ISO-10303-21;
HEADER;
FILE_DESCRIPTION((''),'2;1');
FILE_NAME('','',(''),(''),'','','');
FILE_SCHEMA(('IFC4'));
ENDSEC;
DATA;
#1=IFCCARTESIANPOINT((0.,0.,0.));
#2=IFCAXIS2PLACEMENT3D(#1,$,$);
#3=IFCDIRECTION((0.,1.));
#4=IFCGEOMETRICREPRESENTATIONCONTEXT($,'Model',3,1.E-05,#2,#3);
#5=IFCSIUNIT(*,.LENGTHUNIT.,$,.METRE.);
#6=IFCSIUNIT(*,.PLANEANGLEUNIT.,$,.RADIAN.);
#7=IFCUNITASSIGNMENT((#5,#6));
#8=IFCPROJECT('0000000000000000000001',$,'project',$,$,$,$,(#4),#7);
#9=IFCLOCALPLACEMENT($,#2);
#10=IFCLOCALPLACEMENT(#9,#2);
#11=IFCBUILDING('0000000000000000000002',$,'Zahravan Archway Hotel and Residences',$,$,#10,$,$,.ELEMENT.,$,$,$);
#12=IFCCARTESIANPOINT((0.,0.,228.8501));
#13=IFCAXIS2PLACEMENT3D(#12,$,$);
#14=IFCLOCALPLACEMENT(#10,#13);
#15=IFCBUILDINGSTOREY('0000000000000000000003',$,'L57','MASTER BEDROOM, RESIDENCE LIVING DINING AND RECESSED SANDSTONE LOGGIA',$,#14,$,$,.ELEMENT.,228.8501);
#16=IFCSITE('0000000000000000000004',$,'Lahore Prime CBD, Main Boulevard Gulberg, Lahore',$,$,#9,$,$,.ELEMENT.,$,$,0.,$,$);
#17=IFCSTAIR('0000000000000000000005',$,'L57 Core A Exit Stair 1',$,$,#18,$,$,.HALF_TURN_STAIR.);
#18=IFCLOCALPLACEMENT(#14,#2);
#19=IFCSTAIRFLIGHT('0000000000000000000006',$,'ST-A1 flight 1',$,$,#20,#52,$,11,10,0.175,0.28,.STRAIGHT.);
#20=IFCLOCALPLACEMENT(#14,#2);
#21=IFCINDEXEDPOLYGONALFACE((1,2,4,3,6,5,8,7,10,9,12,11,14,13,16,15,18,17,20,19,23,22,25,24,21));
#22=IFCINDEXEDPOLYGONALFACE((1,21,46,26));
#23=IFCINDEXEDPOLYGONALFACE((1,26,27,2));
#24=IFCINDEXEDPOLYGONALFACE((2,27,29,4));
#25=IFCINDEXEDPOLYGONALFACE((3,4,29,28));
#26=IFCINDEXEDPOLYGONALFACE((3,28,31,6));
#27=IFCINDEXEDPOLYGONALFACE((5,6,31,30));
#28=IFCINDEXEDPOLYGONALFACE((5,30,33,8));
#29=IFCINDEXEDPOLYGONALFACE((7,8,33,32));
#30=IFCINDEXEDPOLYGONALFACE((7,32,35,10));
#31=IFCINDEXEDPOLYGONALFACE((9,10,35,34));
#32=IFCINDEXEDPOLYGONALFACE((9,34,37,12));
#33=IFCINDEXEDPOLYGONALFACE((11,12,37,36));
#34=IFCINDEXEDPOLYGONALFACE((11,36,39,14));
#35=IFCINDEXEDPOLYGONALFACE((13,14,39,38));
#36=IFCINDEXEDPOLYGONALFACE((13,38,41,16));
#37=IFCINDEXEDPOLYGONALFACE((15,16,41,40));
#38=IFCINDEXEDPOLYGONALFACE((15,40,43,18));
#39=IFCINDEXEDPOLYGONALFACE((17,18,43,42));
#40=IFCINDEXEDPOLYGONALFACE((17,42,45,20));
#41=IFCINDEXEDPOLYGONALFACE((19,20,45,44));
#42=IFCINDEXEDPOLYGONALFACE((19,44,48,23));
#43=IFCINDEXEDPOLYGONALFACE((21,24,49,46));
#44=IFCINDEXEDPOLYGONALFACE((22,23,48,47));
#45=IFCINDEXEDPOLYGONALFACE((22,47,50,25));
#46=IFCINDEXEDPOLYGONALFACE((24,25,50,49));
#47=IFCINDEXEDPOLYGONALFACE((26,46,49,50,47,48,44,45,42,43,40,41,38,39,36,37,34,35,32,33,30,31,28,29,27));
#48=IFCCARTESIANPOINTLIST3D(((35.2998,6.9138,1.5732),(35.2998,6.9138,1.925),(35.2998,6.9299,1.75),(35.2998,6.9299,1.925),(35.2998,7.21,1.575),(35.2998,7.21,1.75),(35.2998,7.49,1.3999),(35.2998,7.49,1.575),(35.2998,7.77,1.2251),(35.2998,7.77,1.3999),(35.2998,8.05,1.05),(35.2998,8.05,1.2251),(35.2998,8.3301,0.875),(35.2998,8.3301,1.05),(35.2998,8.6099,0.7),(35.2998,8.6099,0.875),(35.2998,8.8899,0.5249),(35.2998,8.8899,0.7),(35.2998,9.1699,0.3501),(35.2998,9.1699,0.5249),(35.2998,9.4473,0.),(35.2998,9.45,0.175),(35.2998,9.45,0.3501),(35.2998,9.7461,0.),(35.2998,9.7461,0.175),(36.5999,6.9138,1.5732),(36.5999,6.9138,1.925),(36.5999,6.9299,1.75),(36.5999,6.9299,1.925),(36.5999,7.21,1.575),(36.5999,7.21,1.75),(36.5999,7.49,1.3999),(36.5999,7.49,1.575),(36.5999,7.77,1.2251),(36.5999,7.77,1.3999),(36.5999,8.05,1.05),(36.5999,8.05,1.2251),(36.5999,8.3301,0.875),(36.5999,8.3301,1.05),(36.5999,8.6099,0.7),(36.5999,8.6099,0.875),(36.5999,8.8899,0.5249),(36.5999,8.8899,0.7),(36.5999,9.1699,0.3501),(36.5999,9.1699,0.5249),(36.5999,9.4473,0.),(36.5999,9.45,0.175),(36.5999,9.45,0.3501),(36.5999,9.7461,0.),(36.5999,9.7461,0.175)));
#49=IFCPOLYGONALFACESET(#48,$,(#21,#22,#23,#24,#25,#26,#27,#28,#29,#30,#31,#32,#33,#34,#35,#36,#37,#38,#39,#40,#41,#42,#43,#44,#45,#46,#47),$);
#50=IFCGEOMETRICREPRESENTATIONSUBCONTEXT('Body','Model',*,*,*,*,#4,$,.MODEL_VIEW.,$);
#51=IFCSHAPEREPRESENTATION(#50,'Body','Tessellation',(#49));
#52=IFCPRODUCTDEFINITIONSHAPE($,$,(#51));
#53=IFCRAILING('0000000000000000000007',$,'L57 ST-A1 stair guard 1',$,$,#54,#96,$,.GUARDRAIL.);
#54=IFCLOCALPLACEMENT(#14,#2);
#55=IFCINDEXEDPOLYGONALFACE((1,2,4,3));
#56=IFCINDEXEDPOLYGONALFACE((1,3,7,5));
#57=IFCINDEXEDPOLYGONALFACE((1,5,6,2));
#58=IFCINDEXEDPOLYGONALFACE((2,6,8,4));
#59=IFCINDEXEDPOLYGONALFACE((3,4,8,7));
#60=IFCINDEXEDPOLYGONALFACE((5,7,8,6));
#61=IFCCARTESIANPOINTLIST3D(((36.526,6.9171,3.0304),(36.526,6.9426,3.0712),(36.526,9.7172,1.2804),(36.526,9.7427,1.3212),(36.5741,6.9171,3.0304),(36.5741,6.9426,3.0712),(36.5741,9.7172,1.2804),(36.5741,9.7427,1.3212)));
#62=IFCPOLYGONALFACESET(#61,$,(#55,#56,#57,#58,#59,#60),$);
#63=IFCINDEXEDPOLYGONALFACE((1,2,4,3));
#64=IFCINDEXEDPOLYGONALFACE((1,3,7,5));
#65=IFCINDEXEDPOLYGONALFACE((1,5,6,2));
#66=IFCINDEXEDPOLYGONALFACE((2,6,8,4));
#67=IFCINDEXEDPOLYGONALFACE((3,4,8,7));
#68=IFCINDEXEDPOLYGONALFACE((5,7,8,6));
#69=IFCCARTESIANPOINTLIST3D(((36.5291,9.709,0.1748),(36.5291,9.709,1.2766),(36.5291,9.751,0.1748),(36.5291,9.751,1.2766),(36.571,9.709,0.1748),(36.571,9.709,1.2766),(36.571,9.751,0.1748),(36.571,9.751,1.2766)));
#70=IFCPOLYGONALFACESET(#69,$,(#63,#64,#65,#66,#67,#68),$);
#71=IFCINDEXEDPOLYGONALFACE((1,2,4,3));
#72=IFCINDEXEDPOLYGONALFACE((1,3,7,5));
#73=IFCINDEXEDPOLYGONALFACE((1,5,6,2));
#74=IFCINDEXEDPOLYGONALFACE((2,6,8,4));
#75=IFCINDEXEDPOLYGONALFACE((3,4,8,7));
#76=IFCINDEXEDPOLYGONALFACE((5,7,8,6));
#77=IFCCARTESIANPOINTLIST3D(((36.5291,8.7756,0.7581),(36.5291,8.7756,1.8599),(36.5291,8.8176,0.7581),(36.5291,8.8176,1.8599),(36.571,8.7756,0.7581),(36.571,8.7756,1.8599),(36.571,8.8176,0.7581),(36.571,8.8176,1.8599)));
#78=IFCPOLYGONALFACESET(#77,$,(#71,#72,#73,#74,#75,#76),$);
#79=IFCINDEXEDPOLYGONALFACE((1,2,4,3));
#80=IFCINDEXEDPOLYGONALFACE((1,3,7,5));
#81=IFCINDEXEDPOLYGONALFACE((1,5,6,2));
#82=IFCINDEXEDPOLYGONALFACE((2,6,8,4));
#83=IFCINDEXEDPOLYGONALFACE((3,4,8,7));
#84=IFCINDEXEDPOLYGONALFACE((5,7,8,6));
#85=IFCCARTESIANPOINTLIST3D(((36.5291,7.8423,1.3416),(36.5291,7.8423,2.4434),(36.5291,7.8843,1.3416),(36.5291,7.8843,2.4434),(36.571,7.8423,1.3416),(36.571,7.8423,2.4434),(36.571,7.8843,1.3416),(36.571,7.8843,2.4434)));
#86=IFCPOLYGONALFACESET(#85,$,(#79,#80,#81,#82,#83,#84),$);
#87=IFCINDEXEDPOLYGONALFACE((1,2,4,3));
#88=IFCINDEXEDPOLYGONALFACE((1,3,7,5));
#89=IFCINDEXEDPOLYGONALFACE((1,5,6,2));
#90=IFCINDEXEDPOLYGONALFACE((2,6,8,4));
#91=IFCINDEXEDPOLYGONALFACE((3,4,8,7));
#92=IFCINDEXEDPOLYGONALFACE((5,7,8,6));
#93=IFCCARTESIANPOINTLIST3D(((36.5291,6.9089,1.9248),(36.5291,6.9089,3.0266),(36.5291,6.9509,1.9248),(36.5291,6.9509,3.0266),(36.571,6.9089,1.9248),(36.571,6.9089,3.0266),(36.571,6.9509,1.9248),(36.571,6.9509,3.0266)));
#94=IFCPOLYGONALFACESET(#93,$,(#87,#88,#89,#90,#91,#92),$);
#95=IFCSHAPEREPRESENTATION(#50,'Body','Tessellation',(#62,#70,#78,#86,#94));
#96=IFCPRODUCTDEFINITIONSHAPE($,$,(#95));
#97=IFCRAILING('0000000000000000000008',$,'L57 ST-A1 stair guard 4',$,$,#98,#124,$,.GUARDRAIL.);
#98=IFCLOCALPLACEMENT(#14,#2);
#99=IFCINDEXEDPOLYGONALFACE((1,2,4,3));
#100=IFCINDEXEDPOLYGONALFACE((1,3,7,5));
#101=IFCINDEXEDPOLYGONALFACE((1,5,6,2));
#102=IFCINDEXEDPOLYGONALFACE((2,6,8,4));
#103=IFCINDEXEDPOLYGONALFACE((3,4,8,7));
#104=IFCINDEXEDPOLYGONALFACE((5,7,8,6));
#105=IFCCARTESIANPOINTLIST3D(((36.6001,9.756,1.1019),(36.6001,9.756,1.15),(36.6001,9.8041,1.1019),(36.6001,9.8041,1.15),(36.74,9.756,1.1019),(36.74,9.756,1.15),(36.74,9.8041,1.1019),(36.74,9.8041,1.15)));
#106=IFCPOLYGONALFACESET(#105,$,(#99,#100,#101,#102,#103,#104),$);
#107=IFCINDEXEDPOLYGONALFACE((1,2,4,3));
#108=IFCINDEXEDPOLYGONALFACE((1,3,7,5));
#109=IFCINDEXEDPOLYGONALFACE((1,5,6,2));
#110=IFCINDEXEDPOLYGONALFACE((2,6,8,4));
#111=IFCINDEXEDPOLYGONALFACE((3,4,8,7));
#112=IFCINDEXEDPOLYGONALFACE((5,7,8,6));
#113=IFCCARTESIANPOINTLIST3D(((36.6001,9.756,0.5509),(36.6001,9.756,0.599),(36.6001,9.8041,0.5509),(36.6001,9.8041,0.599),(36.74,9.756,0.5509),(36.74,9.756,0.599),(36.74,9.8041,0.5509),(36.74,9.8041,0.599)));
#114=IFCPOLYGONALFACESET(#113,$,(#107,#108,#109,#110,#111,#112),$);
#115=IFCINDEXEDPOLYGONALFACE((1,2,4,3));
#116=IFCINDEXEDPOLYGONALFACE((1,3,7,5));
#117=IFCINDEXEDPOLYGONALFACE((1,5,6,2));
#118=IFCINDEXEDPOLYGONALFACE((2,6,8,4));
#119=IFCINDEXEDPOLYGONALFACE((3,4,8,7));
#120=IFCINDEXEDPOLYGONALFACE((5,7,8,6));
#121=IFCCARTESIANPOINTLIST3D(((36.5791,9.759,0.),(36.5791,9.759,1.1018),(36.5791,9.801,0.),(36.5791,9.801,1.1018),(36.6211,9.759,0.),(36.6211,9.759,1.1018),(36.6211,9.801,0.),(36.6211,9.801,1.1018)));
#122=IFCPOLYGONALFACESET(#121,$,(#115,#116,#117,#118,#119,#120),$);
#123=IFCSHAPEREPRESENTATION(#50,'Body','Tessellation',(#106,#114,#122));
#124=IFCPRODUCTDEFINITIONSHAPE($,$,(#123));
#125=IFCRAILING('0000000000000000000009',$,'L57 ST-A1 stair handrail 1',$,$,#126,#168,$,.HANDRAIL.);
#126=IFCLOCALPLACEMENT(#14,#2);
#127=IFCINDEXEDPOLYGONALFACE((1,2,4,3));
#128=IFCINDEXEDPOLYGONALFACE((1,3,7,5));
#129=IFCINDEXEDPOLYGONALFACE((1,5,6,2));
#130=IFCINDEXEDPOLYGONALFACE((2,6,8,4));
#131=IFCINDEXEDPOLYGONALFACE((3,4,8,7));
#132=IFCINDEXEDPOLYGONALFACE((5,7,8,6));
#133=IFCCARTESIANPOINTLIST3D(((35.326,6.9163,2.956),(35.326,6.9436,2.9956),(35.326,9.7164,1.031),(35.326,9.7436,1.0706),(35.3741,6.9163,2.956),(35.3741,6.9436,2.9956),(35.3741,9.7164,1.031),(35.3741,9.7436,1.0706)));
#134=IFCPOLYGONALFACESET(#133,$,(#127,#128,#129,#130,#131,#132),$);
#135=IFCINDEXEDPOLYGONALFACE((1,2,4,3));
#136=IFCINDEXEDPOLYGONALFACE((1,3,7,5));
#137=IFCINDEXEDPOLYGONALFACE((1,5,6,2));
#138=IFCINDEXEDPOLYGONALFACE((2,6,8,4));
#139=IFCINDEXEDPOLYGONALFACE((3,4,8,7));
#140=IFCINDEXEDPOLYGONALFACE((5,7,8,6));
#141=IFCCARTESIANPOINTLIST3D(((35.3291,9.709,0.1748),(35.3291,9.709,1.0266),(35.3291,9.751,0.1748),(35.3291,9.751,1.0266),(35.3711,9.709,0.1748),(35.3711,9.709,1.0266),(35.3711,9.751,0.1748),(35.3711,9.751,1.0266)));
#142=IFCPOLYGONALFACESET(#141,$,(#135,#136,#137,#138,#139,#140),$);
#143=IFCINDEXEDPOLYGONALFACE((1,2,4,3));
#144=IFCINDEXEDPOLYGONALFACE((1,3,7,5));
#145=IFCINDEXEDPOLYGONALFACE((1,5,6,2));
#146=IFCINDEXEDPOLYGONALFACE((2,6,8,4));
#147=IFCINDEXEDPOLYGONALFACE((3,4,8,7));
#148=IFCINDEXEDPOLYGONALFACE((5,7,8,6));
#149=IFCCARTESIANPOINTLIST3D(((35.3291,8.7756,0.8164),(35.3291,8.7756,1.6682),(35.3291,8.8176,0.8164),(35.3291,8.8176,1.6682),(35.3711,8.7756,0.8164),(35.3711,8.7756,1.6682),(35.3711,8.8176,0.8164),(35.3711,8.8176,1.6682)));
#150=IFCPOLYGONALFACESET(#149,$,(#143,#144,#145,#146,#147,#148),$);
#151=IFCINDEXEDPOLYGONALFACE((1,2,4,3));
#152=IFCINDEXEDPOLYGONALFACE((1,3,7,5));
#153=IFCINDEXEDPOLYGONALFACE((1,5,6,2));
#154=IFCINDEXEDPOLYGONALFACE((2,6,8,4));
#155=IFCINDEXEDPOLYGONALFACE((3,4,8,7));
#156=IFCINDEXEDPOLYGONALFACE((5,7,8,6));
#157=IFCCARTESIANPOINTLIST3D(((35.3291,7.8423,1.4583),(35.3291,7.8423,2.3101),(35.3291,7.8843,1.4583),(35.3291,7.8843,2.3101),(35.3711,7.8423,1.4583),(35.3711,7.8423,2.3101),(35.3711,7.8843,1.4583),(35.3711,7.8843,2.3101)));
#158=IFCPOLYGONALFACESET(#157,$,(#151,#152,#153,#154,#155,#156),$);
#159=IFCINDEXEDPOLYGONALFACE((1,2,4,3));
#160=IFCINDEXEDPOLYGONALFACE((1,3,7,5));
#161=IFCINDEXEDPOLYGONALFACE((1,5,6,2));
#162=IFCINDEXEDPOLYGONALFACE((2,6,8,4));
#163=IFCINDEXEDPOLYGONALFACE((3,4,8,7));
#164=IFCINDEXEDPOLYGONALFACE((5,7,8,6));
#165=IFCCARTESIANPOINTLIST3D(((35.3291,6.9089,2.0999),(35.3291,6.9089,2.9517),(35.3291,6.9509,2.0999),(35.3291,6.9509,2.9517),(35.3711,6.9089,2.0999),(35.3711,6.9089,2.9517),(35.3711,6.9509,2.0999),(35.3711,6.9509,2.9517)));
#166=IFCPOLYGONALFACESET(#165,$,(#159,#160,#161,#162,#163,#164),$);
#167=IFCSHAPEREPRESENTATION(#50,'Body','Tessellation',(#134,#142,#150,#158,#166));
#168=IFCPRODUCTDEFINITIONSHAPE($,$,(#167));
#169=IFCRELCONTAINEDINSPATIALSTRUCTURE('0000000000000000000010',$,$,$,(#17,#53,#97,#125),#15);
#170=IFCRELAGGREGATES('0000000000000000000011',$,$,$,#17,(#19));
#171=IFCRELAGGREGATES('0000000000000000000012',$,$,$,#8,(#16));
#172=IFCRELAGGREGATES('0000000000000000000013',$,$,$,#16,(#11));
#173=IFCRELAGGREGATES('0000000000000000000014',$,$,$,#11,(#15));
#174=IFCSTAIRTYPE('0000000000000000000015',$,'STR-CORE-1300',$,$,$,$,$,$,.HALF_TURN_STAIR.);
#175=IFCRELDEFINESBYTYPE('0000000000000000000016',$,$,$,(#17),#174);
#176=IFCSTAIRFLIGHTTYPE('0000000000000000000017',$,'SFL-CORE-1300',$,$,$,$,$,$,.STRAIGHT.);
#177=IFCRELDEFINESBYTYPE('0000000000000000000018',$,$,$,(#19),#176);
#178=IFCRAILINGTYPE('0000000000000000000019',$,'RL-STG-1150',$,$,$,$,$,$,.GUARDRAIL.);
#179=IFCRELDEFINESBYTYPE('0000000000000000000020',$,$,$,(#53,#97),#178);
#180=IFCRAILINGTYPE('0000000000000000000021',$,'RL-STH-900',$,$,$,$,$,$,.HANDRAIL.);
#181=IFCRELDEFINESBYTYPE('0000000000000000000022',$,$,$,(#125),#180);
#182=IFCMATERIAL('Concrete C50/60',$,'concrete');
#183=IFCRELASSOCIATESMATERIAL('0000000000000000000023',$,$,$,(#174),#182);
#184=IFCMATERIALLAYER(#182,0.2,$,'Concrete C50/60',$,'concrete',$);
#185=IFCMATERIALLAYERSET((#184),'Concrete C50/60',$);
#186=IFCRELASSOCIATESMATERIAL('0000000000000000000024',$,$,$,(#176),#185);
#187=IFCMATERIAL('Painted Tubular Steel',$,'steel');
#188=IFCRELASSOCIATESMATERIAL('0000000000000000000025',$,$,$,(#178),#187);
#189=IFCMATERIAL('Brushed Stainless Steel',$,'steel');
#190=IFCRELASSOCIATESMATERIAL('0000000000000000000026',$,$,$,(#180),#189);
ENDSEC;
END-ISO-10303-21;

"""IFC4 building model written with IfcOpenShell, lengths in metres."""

from ifc_helpers import new_model, si_unit, direction, frame, origin, origin_2d, place, context, subcontext, project, spatial, polyline, rectangle, outline, extrude, source, transform, mapped, material, layer, layer_set, type_object, element, aggregate, save


model = new_model("IFC4")

# Units and contexts
model_context = context("Model", 3, precision=1e-05, world=origin(), true_north=direction((0.0, 1.0)))
body_context = subcontext(model_context, "Body", "Model", "MODEL_VIEW")
ifc_project = project(units=[si_unit("LENGTHUNIT", "METRE"), si_unit("PLANEANGLEUNIT", "RADIAN")], contexts=[model_context])

# Site, building, storey
site_placement = place(None, origin())
site = spatial("IfcSite", under=ifc_project, at=site_placement, Name="Lahore Prime CBD, Main Boulevard Gulberg, Lahore", CompositionType="ELEMENT", RefElevation=0.0)
building_placement = place(site_placement, origin())
building = spatial("IfcBuilding", under=site, at=building_placement, Name="Zahravan Archway Hotel and Residences", CompositionType="ELEMENT")
storey_placement = place(building_placement, frame((0.0, 0.0, 228.8501)))
storey = spatial("IfcBuildingStorey", under=building, at=storey_placement, Name="L57", Description="MASTER BEDROOM, RESIDENCE LIVING DINING AND RECESSED SANDSTONE LOGGIA", CompositionType="ELEMENT", Elevation=228.8501)

# Shared definitions
ifc_material_1 = material(Name="Concrete C50/60", Category="concrete")

# Shared definitions
ifc_material_2 = material(Name="Brushed Stainless Steel", Category="steel")

# Stair, stair flight
stair_type = type_object("IfcStairType", Name="STR-CORE-1300", PredefinedType="HALF_TURN_STAIR", material=ifc_material_1)
stair_placement = place(storey_placement, origin())
stair = element("IfcStair", 1, at=stair_placement, inside=storey, type_object=stair_type, Name="L57 Core A Exit Stair 1", PredefinedType="HALF_TURN_STAIR")
ifc_layer_1 = layer(ifc_material_1, 0.2, Name="Concrete C50/60", Category="concrete")
ifc_layer_set_1 = layer_set([ifc_layer_1], Name="Concrete C50/60")
stair_flight_type = type_object("IfcStairFlightType", Name="SFL-CORE-1300", PredefinedType="STRAIGHT", material=ifc_layer_set_1)
shared_shape_1 = source(origin(), body_context, "Body", "SweptSolid", [
    extrude(outline(polyline([(-0.0161, 0.0), (-0.0161, 0.175), (0.28, 0.175), (0.28, 0.3501), (0.5601, 0.3501), (0.5601, 0.5249), (0.8401, 0.5249), (0.8401, 0.7), (1.1201, 0.7), (1.1201, 0.875), (1.3999, 0.875), (1.3999, 1.05), (1.6799, 1.05), (1.6799, 1.2251), (1.96, 1.2251), (1.96, 1.3999), (2.24, 1.3999), (2.24, 1.575), (2.52, 1.575), (2.52, 1.75), (2.8, 1.75), (2.8, 1.925), (2.8162, 1.925), (2.8162, 1.5732), (0.2827, 0.0), (-0.0161, 0.0)])), frame((0.0, 0.6499, 0.0), z_axis=(0.0, -1.0, 0.0), x_axis=(1.0, 0.0, 0.0)), (0.0, 0.0, 1.0), 1.3),
])
stair_flight_placement = place(storey_placement, frame((35.95, 9.73, 0.0), z_axis=(0.0, 0.0, 1.0), x_axis=(0.0, -1.0, 0.0)))
stair_flight = element("IfcStairFlight", 2, at=stair_flight_placement, type_object=stair_flight_type, Name="ST-A1 flight 1", NumberOfRisers=11, NumberOfTreads=10, PredefinedType="STRAIGHT", RiserHeight=0.175, TreadLength=0.28, context=body_context, shape_type="MappedRepresentation", body=[
    mapped(shared_shape_1, transform((0.0, 0.0, 0.0), scale=1.0)),
])
aggregate(stair, [stair_flight])

# Railings
ifc_material_3 = material(Name="Painted Tubular Steel", Category="steel")
railing_type_1 = type_object("IfcRailingType", Name="RL-STG-1150", PredefinedType="GUARDRAIL", material=ifc_material_3)
railing_1_placement = place(storey_placement, frame((36.55, 9.73, 0.1748)))
element("IfcRailing", 3, at=railing_1_placement, inside=storey, type_object=railing_type_1, Name="L57 ST-A1 stair guard 1", PredefinedType="GUARDRAIL", context=body_context, shape_type="SweptSolid", body=[
    extrude(rectangle(XDim=0.0481, YDim=0.0481, at=origin_2d()), frame((0.0, 0.0, 1.126), z_axis=(0.0, -0.848002, 0.529992), x_axis=(1.0, 0.0, 0.0)), (0.0, 0.0, 1.0), 3.302),
    extrude(rectangle(XDim=0.042, YDim=0.042, at=origin_2d()), origin(), (0.0, 0.0, 1.0), 1.1018),
    extrude(rectangle(XDim=0.042, YDim=0.042, at=origin_2d()), frame((0.0, -0.9333, 0.5833)), (0.0, 0.0, 1.0), 1.1018),
    extrude(rectangle(XDim=0.042, YDim=0.042, at=origin_2d()), frame((0.0, -1.8667, 1.1667)), (0.0, 0.0, 1.0), 1.1018),
    extrude(rectangle(XDim=0.042, YDim=0.042, at=origin_2d()), frame((0.0, -2.8, 1.75)), (0.0, 0.0, 1.0), 1.1018),
])
railing_2_placement = place(storey_placement, frame((36.6001, 9.78, 0.0)))
element("IfcRailing", 4, at=railing_2_placement, inside=storey, type_object=railing_type_1, Name="L57 ST-A1 stair guard 4", PredefinedType="GUARDRAIL", context=body_context, shape_type="SweptSolid", body=[
    extrude(rectangle(XDim=0.0481, YDim=0.0481, at=origin_2d()), frame((0.0, 0.0, 1.126), z_axis=(1.0, 0.0, 0.0), x_axis=(0.0, 1.0, 0.0)), (0.0, 0.0, 1.0), 0.1399),
    extrude(rectangle(XDim=0.0481, YDim=0.0481, at=origin_2d()), frame((0.0, 0.0, 0.575), z_axis=(1.0, 0.0, 0.0), x_axis=(0.0, 1.0, 0.0)), (0.0, 0.0, 1.0), 0.1399),
    extrude(rectangle(XDim=0.042, YDim=0.042, at=origin_2d()), origin(), (0.0, 0.0, 1.0), 1.1018),
])
railing_type_2 = type_object("IfcRailingType", Name="RL-STH-900", PredefinedType="HANDRAIL", material=ifc_material_2)
railing_3_placement = place(storey_placement, frame((35.3501, 9.73, 0.1748)))
element("IfcRailing", 5, at=railing_3_placement, inside=storey, type_object=railing_type_2, Name="L57 ST-A1 stair handrail 1", PredefinedType="HANDRAIL", context=body_context, shape_type="SweptSolid", body=[
    extrude(rectangle(XDim=0.0481, YDim=0.0481, at=origin_2d()), frame((0.0, 0.0, 0.876), z_axis=(0.0, -0.82404, 0.566532), x_axis=(1.0, 0.0, 0.0)), (0.0, 0.0, 1.0), 3.3979),
    extrude(rectangle(XDim=0.042, YDim=0.042, at=origin_2d()), origin(), (0.0, 0.0, 1.0), 0.8518),
    extrude(rectangle(XDim=0.042, YDim=0.042, at=origin_2d()), frame((0.0, -0.9333, 0.6416)), (0.0, 0.0, 1.0), 0.8518),
    extrude(rectangle(XDim=0.042, YDim=0.042, at=origin_2d()), frame((0.0, -1.8667, 1.2834)), (0.0, 0.0, 1.0), 0.8518),
    extrude(rectangle(XDim=0.042, YDim=0.042, at=origin_2d()), frame((0.0, -2.8, 1.925)), (0.0, 0.0, 1.0), 0.8518),
])

save(model, "model.ifc")
